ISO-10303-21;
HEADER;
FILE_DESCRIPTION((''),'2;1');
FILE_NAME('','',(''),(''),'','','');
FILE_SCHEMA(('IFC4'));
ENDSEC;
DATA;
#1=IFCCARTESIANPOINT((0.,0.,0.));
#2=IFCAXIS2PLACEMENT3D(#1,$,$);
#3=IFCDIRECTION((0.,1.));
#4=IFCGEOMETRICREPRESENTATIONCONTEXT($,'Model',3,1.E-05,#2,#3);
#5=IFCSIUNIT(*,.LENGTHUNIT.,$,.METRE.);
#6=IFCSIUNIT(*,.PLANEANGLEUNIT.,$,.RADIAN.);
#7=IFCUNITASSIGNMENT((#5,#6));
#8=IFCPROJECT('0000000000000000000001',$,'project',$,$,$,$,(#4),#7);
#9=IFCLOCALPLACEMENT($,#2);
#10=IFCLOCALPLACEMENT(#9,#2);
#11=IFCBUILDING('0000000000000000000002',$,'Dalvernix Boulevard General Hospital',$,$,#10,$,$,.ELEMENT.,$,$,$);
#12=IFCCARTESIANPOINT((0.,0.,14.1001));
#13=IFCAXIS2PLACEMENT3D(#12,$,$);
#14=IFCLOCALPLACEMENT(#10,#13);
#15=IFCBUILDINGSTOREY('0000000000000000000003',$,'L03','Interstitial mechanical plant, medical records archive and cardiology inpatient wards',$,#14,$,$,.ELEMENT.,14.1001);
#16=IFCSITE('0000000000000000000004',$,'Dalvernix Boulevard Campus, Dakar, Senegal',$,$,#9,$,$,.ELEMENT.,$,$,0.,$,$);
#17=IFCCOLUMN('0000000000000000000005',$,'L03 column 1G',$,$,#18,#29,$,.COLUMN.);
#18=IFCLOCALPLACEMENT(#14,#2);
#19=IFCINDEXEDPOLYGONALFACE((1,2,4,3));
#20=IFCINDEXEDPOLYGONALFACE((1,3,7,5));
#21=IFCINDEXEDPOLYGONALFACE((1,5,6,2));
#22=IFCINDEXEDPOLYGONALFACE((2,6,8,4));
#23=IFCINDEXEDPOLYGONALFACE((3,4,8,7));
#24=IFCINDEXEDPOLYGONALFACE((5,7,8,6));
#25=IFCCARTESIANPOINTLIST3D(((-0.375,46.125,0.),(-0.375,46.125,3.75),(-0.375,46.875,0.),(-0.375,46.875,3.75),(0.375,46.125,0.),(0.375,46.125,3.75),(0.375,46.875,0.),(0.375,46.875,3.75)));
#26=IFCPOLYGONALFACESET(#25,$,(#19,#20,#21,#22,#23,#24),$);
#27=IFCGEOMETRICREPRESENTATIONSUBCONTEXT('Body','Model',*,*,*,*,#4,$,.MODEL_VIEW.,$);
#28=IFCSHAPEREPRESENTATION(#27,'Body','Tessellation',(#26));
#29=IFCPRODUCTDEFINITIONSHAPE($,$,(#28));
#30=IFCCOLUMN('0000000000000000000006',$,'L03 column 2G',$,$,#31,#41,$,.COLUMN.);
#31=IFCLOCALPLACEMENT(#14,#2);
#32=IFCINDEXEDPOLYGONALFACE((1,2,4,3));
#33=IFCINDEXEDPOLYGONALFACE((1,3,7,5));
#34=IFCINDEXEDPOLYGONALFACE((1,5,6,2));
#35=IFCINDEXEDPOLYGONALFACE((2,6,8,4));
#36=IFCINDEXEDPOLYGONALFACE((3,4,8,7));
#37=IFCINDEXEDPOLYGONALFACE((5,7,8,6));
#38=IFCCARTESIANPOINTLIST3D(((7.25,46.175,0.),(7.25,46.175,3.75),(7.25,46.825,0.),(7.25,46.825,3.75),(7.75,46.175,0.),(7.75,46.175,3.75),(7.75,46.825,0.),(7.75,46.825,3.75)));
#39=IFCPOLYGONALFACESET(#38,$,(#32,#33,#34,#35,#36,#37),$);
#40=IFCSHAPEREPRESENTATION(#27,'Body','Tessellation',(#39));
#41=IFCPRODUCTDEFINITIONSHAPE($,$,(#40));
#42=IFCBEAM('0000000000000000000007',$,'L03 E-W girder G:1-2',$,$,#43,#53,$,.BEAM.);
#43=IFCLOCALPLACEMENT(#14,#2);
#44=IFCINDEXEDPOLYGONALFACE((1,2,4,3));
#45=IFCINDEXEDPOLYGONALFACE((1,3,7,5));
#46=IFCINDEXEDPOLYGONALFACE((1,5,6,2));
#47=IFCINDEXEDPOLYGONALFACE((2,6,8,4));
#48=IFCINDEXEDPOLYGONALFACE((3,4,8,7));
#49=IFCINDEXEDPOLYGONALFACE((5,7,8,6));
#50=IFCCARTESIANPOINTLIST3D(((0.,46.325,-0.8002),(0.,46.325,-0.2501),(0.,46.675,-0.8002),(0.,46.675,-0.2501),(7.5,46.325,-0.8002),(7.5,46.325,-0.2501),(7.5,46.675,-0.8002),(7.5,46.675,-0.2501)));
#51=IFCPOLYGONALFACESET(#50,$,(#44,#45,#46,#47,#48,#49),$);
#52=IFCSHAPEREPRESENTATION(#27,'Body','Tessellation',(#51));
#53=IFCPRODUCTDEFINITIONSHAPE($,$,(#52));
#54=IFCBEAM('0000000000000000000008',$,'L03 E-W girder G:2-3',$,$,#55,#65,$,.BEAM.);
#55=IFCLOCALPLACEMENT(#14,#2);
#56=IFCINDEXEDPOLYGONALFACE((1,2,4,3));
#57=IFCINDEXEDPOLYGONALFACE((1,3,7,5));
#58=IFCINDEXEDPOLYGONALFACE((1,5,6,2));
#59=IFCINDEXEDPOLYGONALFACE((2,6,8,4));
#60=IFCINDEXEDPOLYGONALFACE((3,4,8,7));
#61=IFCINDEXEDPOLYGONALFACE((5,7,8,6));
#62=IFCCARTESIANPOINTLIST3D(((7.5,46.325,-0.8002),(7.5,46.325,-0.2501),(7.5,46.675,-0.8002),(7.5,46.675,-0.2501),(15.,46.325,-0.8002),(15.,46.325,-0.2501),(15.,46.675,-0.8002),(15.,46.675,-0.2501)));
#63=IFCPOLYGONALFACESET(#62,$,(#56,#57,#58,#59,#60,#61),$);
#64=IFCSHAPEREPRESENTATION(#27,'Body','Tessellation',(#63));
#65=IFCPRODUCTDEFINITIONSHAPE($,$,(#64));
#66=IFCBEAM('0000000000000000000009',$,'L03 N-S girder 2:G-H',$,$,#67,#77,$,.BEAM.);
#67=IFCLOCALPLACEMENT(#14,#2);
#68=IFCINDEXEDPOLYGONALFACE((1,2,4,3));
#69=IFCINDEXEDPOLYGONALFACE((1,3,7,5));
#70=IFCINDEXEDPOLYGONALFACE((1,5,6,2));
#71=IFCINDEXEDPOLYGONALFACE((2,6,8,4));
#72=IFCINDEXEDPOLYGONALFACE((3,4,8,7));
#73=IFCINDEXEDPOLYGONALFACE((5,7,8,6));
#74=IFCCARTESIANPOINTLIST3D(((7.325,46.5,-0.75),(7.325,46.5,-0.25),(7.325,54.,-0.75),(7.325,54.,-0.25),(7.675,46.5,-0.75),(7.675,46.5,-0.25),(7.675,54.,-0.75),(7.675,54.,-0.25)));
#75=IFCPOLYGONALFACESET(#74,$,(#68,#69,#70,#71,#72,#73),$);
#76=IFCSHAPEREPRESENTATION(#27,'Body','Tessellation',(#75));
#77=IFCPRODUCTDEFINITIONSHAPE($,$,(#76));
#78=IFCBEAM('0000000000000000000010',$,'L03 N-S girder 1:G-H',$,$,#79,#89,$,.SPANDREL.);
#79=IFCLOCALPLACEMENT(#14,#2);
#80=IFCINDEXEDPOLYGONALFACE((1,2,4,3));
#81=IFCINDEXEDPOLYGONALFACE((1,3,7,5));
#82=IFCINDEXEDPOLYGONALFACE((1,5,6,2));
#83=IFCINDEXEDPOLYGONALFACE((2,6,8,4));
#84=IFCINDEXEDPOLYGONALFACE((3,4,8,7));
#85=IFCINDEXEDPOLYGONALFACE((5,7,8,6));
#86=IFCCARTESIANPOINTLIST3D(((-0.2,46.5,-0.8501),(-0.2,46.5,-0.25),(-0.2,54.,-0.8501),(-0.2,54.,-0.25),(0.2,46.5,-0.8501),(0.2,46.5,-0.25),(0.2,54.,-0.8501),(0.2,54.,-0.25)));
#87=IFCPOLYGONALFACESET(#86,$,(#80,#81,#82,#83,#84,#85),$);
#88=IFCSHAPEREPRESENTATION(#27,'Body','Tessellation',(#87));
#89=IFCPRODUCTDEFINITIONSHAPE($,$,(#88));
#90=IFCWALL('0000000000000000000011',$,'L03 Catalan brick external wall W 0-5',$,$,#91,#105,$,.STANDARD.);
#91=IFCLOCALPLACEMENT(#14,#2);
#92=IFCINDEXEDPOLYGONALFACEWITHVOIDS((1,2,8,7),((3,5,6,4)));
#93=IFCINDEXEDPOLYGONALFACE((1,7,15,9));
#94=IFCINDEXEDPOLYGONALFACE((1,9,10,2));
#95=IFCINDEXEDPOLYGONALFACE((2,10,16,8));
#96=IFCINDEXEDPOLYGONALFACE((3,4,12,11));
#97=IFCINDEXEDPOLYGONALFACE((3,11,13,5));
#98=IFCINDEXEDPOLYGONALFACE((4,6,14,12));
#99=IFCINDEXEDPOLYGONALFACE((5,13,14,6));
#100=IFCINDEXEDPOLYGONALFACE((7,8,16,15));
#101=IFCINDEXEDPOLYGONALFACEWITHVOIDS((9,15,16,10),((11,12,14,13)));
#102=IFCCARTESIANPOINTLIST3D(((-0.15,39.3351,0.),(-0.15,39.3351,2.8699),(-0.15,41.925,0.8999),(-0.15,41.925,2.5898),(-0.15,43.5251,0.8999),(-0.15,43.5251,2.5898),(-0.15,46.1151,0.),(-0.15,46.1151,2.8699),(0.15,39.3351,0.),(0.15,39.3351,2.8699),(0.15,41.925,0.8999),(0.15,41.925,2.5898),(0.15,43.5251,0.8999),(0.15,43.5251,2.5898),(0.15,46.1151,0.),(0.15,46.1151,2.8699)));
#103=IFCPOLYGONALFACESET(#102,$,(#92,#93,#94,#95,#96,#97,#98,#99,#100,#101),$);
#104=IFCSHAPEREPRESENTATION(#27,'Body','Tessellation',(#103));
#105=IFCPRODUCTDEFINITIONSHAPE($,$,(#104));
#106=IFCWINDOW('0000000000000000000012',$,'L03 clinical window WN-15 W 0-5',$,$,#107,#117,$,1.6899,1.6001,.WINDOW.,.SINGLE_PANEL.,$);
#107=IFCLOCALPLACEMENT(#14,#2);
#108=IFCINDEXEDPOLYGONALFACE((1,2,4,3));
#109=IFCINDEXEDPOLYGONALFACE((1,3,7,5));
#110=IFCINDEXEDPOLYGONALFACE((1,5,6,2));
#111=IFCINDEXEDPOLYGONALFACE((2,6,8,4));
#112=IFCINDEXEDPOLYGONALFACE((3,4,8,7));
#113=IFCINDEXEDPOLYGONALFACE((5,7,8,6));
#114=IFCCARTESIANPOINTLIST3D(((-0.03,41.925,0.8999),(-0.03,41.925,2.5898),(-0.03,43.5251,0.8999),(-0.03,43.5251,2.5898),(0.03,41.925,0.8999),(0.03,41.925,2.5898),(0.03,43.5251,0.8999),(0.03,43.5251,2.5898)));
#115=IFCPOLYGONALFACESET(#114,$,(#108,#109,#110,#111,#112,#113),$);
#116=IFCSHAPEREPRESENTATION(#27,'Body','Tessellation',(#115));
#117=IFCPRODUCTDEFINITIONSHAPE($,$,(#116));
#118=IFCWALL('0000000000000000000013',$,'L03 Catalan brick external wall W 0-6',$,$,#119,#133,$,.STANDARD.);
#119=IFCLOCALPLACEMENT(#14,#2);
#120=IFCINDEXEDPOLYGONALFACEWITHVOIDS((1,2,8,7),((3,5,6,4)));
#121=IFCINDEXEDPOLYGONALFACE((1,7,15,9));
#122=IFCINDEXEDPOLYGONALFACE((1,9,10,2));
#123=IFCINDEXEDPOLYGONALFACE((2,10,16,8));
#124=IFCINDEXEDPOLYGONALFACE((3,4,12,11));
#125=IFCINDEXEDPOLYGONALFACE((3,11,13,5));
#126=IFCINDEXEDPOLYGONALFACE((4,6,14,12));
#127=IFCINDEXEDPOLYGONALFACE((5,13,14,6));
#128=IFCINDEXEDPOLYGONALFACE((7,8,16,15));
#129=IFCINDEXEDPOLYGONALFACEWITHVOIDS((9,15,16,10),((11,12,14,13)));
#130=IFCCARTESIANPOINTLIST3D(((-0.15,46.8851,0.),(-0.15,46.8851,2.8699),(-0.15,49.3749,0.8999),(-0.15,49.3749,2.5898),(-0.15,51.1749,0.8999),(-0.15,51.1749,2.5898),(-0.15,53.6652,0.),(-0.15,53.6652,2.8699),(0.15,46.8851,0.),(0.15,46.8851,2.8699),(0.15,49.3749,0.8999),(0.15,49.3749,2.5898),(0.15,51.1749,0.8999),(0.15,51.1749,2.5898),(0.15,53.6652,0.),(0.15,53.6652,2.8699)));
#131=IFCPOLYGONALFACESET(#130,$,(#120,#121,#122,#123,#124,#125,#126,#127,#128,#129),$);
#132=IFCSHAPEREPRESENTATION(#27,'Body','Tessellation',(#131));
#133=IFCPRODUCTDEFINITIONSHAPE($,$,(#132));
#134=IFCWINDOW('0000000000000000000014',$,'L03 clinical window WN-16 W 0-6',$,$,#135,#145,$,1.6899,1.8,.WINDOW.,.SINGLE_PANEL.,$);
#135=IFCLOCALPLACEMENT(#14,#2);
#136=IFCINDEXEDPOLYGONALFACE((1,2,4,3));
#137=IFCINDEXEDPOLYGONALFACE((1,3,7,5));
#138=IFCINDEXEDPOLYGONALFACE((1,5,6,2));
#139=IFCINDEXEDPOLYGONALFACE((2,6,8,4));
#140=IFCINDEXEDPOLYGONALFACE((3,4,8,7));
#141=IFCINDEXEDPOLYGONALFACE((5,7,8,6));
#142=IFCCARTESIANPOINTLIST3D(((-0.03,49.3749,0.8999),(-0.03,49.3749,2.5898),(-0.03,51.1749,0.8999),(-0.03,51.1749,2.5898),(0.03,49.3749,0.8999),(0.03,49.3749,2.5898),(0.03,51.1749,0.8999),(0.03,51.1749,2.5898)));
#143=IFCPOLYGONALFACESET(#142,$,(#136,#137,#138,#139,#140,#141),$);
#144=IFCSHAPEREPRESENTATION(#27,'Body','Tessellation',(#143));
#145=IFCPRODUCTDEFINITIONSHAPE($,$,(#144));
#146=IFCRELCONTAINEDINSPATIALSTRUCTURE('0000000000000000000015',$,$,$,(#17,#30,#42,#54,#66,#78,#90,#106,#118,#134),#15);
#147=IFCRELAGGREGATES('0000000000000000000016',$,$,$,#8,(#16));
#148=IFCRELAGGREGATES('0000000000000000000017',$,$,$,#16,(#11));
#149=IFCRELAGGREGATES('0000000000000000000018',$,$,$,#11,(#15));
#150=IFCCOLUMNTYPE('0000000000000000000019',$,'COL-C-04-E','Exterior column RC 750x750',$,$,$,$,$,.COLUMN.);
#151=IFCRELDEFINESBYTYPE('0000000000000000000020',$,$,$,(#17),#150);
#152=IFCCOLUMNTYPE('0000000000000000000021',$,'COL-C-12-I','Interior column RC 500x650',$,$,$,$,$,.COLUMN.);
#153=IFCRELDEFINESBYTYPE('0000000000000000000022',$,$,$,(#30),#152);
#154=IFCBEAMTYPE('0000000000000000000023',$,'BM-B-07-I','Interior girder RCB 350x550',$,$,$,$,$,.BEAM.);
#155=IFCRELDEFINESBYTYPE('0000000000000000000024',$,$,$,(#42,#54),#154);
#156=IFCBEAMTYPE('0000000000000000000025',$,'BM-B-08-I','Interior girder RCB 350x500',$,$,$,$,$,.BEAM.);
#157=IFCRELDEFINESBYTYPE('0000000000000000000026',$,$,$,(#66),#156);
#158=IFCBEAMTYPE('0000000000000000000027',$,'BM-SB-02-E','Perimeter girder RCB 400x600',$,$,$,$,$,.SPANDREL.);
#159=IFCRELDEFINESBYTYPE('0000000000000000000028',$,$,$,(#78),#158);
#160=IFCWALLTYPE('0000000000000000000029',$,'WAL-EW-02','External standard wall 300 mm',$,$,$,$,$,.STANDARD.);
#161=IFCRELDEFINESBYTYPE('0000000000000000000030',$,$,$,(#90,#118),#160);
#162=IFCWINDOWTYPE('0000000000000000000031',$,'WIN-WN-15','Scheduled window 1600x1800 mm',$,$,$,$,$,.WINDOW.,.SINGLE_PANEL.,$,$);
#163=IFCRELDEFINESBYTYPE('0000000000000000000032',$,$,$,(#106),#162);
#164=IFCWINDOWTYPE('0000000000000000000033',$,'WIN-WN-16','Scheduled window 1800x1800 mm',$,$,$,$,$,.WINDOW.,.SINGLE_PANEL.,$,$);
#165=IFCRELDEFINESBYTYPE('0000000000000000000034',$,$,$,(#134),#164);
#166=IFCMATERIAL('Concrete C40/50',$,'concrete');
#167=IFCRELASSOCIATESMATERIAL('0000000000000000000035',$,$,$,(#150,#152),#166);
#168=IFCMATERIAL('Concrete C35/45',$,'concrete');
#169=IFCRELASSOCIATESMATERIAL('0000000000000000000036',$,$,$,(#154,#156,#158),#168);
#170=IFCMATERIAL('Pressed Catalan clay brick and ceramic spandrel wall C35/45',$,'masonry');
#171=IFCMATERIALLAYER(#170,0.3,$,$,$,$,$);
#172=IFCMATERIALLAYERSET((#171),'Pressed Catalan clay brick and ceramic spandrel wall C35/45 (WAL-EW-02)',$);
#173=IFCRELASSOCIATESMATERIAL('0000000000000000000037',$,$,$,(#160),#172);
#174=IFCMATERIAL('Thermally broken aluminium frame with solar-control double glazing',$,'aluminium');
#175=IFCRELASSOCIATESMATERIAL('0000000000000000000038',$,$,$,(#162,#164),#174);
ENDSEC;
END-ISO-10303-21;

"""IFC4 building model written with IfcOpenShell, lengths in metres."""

from ifc_helpers import new_model, si_unit, direction, frame, frame_2d, origin, origin_2d, place, context, subcontext, project, spatial, rectangle, extrude, material, layer, layer_set, material_profile, profile_set, type_object, element, fill, save


model = new_model("IFC4")

# Units and contexts
model_context = context("Model", 3, precision=1e-05, world=origin(), true_north=direction((0.0, 1.0)))
body_context = subcontext(model_context, "Body", "Model", "MODEL_VIEW")
ifc_project = project(units=[si_unit("LENGTHUNIT", "METRE"), si_unit("PLANEANGLEUNIT", "RADIAN")], contexts=[model_context])

# Site, building, storey
site_placement = place(None, origin())
site = spatial("IfcSite", under=ifc_project, at=site_placement, Name="Dalvernix Boulevard Campus, Dakar, Senegal", CompositionType="ELEMENT", RefElevation=0.0)
building_placement = place(site_placement, origin())
building = spatial("IfcBuilding", under=site, at=building_placement, Name="Dalvernix Boulevard General Hospital", CompositionType="ELEMENT")
storey_placement = place(building_placement, frame((0.0, 0.0, 14.1001)))
storey = spatial("IfcBuildingStorey", under=building, at=storey_placement, Name="L03", Description="Interstitial mechanical plant, medical records archive and cardiology inpatient wards", CompositionType="ELEMENT", Elevation=14.1001)

# Columns
ifc_material_1 = material(Name="Concrete C40/50", Category="concrete")
ifc_material_profile_1 = material_profile(ifc_material_1, rectangle(XDim=0.75, YDim=0.75, at=origin_2d()), Name="RC 750x750")
ifc_profile_set_1 = profile_set([ifc_material_profile_1], Name="Concrete C40/50")
column_type_1 = type_object("IfcColumnType", Name="COL-C-04-E", Description="Exterior column RC 750x750", PredefinedType="COLUMN", material=ifc_profile_set_1)
column_1_placement = place(storey_placement, frame((0.0, 46.5, 0.0), z_axis=(0.0, 0.0, 1.0), x_axis=(1.0, 0.0, 0.0)))
element("IfcColumn", 1, at=column_1_placement, inside=storey, type_object=column_type_1, Name="L03 column 1G", PredefinedType="COLUMN", context=body_context, shape_type="SweptSolid", body=[
    extrude(rectangle(XDim=0.75, YDim=0.75, at=origin_2d()), origin(), (0.0, 0.0, 1.0), 3.75),
])
ifc_material_profile_2 = material_profile(ifc_material_1, rectangle(XDim=0.5, YDim=0.6499, at=origin_2d()), Name="RC 500x650")
ifc_profile_set_2 = profile_set([ifc_material_profile_2], Name="Concrete C40/50")
column_type_2 = type_object("IfcColumnType", Name="COL-C-12-I", Description="Interior column RC 500x650", PredefinedType="COLUMN", material=ifc_profile_set_2)
column_2_placement = place(storey_placement, frame((7.5, 46.5, 0.0), z_axis=(0.0, 0.0, 1.0), x_axis=(1.0, 0.0, 0.0)))
element("IfcColumn", 2, at=column_2_placement, inside=storey, type_object=column_type_2, Name="L03 column 2G", PredefinedType="COLUMN", context=body_context, shape_type="SweptSolid", body=[
    extrude(rectangle(XDim=0.5, YDim=0.6499, at=origin_2d()), origin(), (0.0, 0.0, 1.0), 3.75),
])

# Beams
ifc_material_2 = material(Name="Concrete C35/45", Category="concrete")
ifc_material_profile_3 = material_profile(ifc_material_2, rectangle(XDim=0.3501, YDim=0.55, at=origin_2d()), Name="RCB 350x550")
ifc_profile_set_3 = profile_set([ifc_material_profile_3], Name="Concrete C35/45")
beam_type_1 = type_object("IfcBeamType", Name="BM-B-07-I", Description="Interior girder RCB 350x550", PredefinedType="BEAM", material=ifc_profile_set_3)
for number, where, z_axis, x_axis, name in (
    (3, (0.0, 46.5, -0.5251), (1.0, 0.0, 0.0), (0.0, 1.0, 0.0), "L03 E-W girder G:1-2"),
    (4, (7.5, 46.5, -0.5251), (1.0, 0.0, 0.0), (0.0, 1.0, 0.0), "L03 E-W girder G:2-3"),
):
    element("IfcBeam", number, at=place(storey_placement, frame(where, z_axis=z_axis, x_axis=x_axis)), inside=storey, type_object=beam_type_1, Name=name, PredefinedType="BEAM", context=body_context, shape_type="SweptSolid", body=[
        extrude(rectangle(XDim=0.3501, YDim=0.55, at=origin_2d()), origin(), (0.0, 0.0, 1.0), 7.5),
    ])
ifc_material_profile_4 = material_profile(ifc_material_2, rectangle(XDim=0.3501, YDim=0.5, at=origin_2d()), Name="RCB 350x500")
ifc_profile_set_4 = profile_set([ifc_material_profile_4], Name="Concrete C35/45")
beam_type_2 = type_object("IfcBeamType", Name="BM-B-08-I", Description="Interior girder RCB 350x500", PredefinedType="BEAM", material=ifc_profile_set_4)
beam_1_placement = place(storey_placement, frame((7.5, 46.5, -0.5), z_axis=(0.0, 1.0, 0.0), x_axis=(-1.0, 0.0, 0.0)))
element("IfcBeam", 5, at=beam_1_placement, inside=storey, type_object=beam_type_2, Name="L03 N-S girder 2:G-H", PredefinedType="BEAM", context=body_context, shape_type="SweptSolid", body=[
    extrude(rectangle(XDim=0.3501, YDim=0.5, at=origin_2d()), origin(), (0.0, 0.0, 1.0), 7.5),
])
ifc_material_profile_5 = material_profile(ifc_material_2, rectangle(XDim=0.3999, YDim=0.6001, at=origin_2d()), Name="RCB 400x600")
ifc_profile_set_5 = profile_set([ifc_material_profile_5], Name="Concrete C35/45")
beam_type_3 = type_object("IfcBeamType", Name="BM-SB-02-E", Description="Perimeter girder RCB 400x600", PredefinedType="SPANDREL", material=ifc_profile_set_5)
beam_2_placement = place(storey_placement, frame((0.0, 46.5, -0.55), z_axis=(0.0, 1.0, 0.0), x_axis=(-1.0, 0.0, 0.0)))
element("IfcBeam", 6, at=beam_2_placement, inside=storey, type_object=beam_type_3, Name="L03 N-S girder 1:G-H", PredefinedType="SPANDREL", context=body_context, shape_type="SweptSolid", body=[
    extrude(rectangle(XDim=0.3999, YDim=0.6001, at=origin_2d()), origin(), (0.0, 0.0, 1.0), 7.5),
])

# Walls, openings, windows
ifc_material_3 = material(Name="Pressed Catalan clay brick and ceramic spandrel wall C35/45", Category="masonry")
ifc_layer_1 = layer(ifc_material_3, 0.3)
ifc_layer_set_1 = layer_set([ifc_layer_1], Name="Pressed Catalan clay brick and ceramic spandrel wall C35/45 (WAL-EW-02)")
wall_type_1 = type_object("IfcWallType", Name="WAL-EW-02", Description="External standard wall 300 mm", PredefinedType="STANDARD", material=ifc_layer_set_1)
wall_1_placement = place(storey_placement, frame((0.0, 39.335, 0.0), z_axis=(0.0, 0.0, 1.0), x_axis=(0.0, 1.0, 0.0)))
wall_1 = element("IfcWall", 7, at=wall_1_placement, inside=storey, type_object=wall_type_1, Name="L03 Catalan brick external wall W 0-5", PredefinedType="STANDARD", context=body_context, shape_type="SweptSolid", body=[
    extrude(rectangle(XDim=6.78, YDim=0.3, at=frame_2d((3.3901, 0.0))), origin(), (0.0, 0.0, 1.0), 2.8699),
])
opening_1_placement = place(wall_1_placement, frame((2.5901, 0.0, 0.8999)))
opening_1 = element("IfcOpeningElement", 8, at=opening_1_placement, cuts=wall_1, PredefinedType="OPENING", context=body_context, shape_type="SweptSolid", body=[
    extrude(rectangle(XDim=1.6001, YDim=1.6899, at=frame_2d((0.8, 0.845))), frame((0.0, 0.1599, 0.0), z_axis=(0.0, -1.0, 0.0), x_axis=(1.0, 0.0, 0.0)), (0.0, 0.0, 1.0), 0.3201),
])
ifc_material_4 = material(Name="Thermally broken aluminium frame with solar-control double glazing", Category="aluminium")
window_type_1 = type_object("IfcWindowType", Name="WIN-WN-15", Description="Scheduled window 1600x1800 mm", PartitioningType="SINGLE_PANEL", PredefinedType="WINDOW", material=ifc_material_4)
window_1_placement = place(opening_1_placement, origin())
window_1 = element("IfcWindow", 9, at=window_1_placement, inside=storey, type_object=window_type_1, Name="L03 clinical window WN-15 W 0-5", OverallHeight=1.6899, OverallWidth=1.6001, PartitioningType="SINGLE_PANEL", PredefinedType="WINDOW", context=body_context, shape_type="SweptSolid", body=[
    extrude(rectangle(XDim=1.6001, YDim=1.6899, at=frame_2d((0.8, 0.845))), frame((0.0, 0.03, 0.0), z_axis=(0.0, -1.0, 0.0), x_axis=(1.0, 0.0, 0.0)), (0.0, 0.0, 1.0), 0.0601),
])
fill(opening_1, window_1)
wall_2_placement = place(storey_placement, frame((0.0, 46.885, 0.0), z_axis=(0.0, 0.0, 1.0), x_axis=(0.0, 1.0, 0.0)))
wall_2 = element("IfcWall", 10, at=wall_2_placement, inside=storey, type_object=wall_type_1, Name="L03 Catalan brick external wall W 0-6", PredefinedType="STANDARD", context=body_context, shape_type="SweptSolid", body=[
    extrude(rectangle(XDim=6.78, YDim=0.3, at=frame_2d((3.3901, 0.0))), origin(), (0.0, 0.0, 1.0), 2.8699),
])
opening_2_placement = place(wall_2_placement, frame((2.49, 0.0, 0.8999)))
opening_2 = element("IfcOpeningElement", 11, at=opening_2_placement, cuts=wall_2, PredefinedType="OPENING", context=body_context, shape_type="SweptSolid", body=[
    extrude(rectangle(XDim=1.8, YDim=1.6899, at=frame_2d((0.8999, 0.845))), frame((0.0, 0.1599, 0.0), z_axis=(0.0, -1.0, 0.0), x_axis=(1.0, 0.0, 0.0)), (0.0, 0.0, 1.0), 0.3201),
])
window_type_2 = type_object("IfcWindowType", Name="WIN-WN-16", Description="Scheduled window 1800x1800 mm", PartitioningType="SINGLE_PANEL", PredefinedType="WINDOW", material=ifc_material_4)
window_2_placement = place(opening_2_placement, origin())
window_2 = element("IfcWindow", 12, at=window_2_placement, inside=storey, type_object=window_type_2, Name="L03 clinical window WN-16 W 0-6", OverallHeight=1.6899, OverallWidth=1.8, PartitioningType="SINGLE_PANEL", PredefinedType="WINDOW", context=body_context, shape_type="SweptSolid", body=[
    extrude(rectangle(XDim=1.8, YDim=1.6899, at=frame_2d((0.8999, 0.845))), frame((0.0, 0.03, 0.0), z_axis=(0.0, -1.0, 0.0), x_axis=(1.0, 0.0, 0.0)), (0.0, 0.0, 1.0), 0.0601),
])
fill(opening_2, window_2)

save(model, "model.ifc")
